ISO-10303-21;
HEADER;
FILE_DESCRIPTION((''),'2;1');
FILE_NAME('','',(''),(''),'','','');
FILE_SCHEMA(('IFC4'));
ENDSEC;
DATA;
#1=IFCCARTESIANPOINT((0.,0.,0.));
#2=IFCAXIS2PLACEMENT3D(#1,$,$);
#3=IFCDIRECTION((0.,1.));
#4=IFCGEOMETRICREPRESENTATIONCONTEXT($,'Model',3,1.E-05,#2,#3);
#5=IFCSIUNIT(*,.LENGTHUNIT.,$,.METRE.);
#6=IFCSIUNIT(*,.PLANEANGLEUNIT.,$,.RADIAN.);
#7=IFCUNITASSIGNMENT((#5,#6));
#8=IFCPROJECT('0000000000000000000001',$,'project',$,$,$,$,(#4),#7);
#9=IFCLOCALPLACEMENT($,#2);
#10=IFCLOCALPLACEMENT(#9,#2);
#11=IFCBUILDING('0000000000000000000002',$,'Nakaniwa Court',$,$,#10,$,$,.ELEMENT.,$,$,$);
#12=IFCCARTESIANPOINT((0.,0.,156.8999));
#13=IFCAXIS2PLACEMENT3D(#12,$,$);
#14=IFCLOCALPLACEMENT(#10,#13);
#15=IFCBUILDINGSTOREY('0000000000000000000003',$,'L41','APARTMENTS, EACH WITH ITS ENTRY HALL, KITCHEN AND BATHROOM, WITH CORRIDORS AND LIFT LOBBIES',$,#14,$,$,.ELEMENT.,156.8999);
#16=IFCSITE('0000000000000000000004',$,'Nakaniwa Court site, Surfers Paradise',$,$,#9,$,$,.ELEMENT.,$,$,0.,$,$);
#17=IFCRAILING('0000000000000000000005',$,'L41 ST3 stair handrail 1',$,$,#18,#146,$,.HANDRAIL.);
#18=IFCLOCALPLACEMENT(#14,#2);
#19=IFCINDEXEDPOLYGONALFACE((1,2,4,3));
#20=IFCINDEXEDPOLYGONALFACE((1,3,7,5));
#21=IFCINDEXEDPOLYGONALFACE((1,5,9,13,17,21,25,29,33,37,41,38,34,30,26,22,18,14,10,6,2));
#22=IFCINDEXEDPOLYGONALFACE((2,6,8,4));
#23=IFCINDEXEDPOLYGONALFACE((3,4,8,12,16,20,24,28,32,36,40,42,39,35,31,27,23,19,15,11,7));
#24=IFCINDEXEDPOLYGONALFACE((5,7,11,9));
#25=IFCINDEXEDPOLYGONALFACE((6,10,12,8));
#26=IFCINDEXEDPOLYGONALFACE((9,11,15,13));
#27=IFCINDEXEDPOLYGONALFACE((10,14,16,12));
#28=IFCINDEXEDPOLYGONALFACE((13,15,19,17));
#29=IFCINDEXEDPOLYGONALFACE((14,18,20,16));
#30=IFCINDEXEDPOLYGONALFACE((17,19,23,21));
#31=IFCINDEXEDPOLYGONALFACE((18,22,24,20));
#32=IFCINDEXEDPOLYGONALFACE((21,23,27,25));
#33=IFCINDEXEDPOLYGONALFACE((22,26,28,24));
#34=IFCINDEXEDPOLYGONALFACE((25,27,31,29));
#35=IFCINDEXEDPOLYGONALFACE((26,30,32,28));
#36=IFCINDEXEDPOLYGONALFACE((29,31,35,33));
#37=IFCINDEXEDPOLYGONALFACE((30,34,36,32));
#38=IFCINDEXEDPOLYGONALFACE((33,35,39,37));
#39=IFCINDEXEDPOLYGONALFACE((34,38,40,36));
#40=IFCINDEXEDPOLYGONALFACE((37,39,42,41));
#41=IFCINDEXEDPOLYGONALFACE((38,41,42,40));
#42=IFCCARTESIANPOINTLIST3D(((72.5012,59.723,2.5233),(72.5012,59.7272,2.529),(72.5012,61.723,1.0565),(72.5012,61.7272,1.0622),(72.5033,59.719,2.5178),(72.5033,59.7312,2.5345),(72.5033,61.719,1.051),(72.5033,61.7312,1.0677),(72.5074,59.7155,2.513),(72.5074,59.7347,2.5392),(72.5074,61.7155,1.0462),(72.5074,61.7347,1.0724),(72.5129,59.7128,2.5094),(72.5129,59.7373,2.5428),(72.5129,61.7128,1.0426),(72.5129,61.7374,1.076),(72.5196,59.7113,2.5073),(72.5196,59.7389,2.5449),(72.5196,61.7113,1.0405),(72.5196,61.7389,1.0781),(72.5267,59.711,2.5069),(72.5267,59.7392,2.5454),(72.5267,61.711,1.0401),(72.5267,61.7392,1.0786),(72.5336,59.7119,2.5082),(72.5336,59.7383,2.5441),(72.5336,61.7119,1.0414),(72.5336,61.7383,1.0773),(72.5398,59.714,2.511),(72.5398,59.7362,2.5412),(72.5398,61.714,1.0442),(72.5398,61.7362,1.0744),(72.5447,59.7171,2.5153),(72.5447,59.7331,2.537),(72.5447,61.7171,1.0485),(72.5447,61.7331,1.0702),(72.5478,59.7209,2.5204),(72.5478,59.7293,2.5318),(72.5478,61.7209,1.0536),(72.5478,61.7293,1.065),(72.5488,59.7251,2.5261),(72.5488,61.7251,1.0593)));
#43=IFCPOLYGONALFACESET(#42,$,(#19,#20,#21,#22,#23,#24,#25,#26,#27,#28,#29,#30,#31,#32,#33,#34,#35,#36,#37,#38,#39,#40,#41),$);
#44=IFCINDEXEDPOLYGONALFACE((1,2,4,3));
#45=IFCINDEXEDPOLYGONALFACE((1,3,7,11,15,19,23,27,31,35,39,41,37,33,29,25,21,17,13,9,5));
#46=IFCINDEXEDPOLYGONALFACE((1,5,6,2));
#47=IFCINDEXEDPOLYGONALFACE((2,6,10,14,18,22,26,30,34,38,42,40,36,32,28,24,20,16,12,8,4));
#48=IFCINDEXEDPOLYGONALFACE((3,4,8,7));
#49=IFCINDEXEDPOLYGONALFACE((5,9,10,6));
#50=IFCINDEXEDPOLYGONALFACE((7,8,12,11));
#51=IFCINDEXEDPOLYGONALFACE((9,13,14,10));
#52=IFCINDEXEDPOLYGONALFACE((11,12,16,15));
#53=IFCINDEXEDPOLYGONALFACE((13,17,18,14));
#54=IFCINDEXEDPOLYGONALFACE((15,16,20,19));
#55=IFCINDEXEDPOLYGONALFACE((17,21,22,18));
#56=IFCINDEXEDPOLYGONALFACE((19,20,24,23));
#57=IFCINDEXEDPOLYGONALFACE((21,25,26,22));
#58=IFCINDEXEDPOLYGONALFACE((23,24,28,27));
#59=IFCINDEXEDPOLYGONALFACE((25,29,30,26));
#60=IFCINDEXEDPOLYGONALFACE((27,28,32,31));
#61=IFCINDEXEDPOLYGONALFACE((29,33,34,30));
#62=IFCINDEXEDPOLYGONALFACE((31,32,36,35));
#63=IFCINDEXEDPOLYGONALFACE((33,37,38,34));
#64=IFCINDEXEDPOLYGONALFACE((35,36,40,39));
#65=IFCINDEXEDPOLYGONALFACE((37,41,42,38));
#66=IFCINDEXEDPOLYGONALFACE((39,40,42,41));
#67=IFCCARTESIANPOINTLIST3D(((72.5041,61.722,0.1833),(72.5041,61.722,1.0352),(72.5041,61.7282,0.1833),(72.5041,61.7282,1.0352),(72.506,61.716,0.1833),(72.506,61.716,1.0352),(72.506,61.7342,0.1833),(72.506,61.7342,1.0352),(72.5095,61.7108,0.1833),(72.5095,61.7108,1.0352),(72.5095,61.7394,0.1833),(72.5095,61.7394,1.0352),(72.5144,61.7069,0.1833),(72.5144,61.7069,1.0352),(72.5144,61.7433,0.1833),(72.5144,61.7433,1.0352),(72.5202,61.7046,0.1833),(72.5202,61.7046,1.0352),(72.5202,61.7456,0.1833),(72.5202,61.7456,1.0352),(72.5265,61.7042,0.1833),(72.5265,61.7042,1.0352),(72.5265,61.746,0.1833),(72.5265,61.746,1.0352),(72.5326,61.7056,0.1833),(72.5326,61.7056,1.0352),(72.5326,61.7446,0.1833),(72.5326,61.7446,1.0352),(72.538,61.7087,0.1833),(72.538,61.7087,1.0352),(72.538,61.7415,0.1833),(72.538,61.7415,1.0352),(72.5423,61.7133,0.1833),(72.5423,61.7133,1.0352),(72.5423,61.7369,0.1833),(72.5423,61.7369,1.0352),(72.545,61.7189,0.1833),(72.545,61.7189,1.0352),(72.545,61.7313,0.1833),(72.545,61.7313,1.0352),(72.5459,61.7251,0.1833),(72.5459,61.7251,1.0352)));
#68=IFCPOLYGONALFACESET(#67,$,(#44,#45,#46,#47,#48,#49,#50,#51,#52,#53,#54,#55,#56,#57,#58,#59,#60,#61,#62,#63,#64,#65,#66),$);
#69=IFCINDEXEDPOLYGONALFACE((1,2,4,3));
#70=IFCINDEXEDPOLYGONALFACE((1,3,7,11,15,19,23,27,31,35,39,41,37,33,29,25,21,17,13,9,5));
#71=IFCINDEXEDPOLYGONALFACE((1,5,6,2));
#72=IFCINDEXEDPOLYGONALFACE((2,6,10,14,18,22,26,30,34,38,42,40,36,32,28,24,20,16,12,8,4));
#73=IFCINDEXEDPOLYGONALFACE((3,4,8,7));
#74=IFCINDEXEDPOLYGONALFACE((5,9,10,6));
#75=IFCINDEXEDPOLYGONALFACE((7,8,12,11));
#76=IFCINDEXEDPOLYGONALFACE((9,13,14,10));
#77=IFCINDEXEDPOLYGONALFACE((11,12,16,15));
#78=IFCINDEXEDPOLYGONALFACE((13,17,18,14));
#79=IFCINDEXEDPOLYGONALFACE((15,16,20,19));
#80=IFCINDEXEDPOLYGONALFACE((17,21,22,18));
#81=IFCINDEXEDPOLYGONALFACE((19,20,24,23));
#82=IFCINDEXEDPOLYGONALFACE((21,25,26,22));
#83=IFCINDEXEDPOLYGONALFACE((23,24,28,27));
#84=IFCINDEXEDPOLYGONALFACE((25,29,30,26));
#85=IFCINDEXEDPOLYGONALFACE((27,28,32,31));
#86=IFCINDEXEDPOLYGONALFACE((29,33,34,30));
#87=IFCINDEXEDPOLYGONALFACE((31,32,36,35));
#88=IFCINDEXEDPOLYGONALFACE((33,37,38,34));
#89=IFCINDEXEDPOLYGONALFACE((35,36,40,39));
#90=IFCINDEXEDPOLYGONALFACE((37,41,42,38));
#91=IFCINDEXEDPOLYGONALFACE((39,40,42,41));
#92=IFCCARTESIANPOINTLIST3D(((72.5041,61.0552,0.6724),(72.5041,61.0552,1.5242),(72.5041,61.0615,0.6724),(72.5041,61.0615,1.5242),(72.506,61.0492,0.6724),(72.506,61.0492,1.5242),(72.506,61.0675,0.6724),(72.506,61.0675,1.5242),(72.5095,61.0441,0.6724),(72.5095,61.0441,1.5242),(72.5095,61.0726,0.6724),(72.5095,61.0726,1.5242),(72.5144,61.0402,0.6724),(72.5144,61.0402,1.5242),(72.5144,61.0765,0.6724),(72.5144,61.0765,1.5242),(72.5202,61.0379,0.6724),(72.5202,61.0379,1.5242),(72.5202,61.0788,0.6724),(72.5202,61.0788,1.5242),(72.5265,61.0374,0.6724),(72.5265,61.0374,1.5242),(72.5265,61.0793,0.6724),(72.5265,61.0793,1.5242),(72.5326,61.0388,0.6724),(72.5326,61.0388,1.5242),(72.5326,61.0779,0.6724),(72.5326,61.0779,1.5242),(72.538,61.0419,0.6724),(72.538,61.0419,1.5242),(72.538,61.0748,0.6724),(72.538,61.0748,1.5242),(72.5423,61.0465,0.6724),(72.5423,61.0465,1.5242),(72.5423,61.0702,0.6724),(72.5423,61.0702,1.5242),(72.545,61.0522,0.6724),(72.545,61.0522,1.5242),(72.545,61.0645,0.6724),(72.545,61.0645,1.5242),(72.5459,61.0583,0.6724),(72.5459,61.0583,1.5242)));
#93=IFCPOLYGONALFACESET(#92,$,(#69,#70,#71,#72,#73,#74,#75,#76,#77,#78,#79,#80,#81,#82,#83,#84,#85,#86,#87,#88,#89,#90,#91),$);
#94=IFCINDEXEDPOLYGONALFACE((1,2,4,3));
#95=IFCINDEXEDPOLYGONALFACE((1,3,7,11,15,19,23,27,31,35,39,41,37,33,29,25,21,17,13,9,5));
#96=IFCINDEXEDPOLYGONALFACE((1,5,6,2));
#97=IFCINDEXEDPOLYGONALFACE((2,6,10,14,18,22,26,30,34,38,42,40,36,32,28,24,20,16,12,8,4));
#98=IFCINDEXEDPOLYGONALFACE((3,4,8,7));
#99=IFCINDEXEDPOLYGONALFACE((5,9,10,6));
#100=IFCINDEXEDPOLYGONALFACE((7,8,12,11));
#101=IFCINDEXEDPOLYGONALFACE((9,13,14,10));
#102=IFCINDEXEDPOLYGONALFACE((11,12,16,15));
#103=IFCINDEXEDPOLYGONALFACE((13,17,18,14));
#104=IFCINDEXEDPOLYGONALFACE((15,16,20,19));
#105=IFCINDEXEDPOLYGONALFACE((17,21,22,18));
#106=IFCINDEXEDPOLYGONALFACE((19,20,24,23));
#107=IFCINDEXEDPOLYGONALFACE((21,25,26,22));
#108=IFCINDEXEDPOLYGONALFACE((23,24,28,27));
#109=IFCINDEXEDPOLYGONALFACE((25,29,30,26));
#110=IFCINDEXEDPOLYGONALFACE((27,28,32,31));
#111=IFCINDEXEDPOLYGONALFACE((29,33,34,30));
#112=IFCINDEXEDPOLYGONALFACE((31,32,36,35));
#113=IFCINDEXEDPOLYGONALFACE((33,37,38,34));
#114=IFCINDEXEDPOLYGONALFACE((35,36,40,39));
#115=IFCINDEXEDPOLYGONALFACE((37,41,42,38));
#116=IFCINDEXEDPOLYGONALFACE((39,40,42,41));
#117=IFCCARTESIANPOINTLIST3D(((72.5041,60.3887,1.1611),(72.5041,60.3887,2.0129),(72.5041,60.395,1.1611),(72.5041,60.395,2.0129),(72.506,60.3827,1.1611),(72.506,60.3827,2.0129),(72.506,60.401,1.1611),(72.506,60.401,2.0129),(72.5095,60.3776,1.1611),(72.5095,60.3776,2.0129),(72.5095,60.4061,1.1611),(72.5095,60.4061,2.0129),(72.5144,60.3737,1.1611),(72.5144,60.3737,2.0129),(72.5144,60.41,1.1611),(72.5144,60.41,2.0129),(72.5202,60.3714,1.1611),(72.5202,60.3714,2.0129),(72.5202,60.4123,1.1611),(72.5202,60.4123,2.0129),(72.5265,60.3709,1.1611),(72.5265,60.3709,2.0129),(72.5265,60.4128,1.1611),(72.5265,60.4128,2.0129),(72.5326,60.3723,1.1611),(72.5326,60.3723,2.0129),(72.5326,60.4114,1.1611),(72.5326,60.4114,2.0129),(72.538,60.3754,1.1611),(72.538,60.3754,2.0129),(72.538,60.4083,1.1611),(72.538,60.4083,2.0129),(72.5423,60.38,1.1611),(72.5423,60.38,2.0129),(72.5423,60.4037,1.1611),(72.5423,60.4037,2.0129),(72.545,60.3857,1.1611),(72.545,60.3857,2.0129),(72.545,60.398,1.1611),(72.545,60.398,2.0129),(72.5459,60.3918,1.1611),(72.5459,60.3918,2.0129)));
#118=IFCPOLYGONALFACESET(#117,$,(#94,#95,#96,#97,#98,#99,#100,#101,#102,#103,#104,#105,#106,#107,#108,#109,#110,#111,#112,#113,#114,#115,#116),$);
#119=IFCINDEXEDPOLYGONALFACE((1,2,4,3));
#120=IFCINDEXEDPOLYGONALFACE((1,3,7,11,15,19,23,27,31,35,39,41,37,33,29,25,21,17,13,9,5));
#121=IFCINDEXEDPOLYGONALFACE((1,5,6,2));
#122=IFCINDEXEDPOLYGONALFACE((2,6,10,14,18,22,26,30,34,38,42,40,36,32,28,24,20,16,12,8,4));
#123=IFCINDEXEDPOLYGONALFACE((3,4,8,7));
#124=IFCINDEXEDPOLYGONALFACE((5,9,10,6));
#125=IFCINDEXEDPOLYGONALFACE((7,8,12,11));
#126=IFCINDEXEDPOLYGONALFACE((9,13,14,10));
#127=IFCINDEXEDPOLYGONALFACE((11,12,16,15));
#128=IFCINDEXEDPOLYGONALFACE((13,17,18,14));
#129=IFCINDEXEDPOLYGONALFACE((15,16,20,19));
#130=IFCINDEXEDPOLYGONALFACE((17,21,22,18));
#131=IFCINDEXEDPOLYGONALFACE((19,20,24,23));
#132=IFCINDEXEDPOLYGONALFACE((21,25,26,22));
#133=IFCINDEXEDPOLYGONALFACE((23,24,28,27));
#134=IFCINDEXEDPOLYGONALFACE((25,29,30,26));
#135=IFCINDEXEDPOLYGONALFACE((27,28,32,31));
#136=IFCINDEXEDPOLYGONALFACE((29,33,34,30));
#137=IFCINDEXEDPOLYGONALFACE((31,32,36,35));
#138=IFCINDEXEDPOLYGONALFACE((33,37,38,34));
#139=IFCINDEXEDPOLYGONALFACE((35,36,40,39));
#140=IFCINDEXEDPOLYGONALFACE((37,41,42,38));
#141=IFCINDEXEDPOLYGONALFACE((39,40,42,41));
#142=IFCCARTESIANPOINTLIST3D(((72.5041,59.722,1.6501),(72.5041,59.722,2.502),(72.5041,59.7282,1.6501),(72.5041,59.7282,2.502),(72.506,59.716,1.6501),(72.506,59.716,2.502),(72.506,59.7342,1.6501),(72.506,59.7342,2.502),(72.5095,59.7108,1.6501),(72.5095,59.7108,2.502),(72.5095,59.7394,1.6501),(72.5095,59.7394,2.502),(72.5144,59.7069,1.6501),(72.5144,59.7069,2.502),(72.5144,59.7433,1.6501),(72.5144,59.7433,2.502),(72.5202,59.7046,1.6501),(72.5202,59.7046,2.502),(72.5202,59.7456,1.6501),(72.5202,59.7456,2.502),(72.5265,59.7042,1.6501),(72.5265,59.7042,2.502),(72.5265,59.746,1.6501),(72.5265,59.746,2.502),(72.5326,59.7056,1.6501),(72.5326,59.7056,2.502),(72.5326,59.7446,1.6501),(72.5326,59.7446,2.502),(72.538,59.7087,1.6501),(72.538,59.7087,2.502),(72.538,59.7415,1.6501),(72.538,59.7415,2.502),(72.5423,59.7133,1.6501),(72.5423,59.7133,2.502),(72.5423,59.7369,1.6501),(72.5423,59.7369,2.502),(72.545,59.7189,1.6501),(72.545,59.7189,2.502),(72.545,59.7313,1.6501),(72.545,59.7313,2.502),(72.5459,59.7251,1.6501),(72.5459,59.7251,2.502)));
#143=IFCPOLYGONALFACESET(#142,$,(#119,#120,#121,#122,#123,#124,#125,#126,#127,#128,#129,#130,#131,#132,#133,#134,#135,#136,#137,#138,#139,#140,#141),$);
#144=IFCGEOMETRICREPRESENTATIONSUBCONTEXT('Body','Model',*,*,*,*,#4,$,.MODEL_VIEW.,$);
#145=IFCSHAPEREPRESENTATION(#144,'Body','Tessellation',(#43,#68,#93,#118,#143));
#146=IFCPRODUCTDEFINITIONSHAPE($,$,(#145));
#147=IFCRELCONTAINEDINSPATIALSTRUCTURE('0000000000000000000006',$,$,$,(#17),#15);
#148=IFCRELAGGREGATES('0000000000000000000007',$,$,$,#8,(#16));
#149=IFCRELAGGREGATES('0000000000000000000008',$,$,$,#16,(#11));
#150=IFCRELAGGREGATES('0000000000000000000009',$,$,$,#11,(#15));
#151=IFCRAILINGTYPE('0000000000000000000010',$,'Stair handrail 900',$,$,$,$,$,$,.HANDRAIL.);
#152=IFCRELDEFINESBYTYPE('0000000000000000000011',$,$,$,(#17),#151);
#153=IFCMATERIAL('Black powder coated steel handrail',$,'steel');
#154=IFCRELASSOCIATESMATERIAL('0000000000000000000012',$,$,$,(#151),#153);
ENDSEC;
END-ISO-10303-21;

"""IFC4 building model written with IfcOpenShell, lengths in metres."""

from ifc_helpers import new_model, si_unit, direction, frame, origin, origin_2d, place, context, subcontext, project, spatial, circle, extrude, material, type_object, element, save


model = new_model("IFC4")

# Units and contexts
model_context = context("Model", 3, precision=1e-05, world=origin(), true_north=direction((0.0, 1.0)))
body_context = subcontext(model_context, "Body", "Model", "MODEL_VIEW")
ifc_project = project(units=[si_unit("LENGTHUNIT", "METRE"), si_unit("PLANEANGLEUNIT", "RADIAN")], contexts=[model_context])

# Site, building, storey
site_placement = place(None, origin())
site = spatial("IfcSite", under=ifc_project, at=site_placement, Name="Nakaniwa Court site, Surfers Paradise", CompositionType="ELEMENT", RefElevation=0.0)
building_placement = place(site_placement, origin())
building = spatial("IfcBuilding", under=site, at=building_placement, Name="Nakaniwa Court", CompositionType="ELEMENT")
storey_placement = place(building_placement, frame((0.0, 0.0, 156.8999)))
storey = spatial("IfcBuildingStorey", under=building, at=storey_placement, Name="L41", Description="APARTMENTS, EACH WITH ITS ENTRY HALL, KITCHEN AND BATHROOM, WITH CORRIDORS AND LIFT LOBBIES", CompositionType="ELEMENT", Elevation=156.8999)

# Railing
ifc_material_1 = material(Name="Black powder coated steel handrail", Category="steel")
railing_type_1 = type_object("IfcRailingType", Name="Stair handrail 900", PredefinedType="HANDRAIL", material=ifc_material_1)
railing_1_placement = place(storey_placement, frame((72.5249, 61.7251, 0.1833)))
element("IfcRailing", 1, at=railing_1_placement, inside=storey, type_object=railing_type_1, Name="L41 ST3 stair handrail 1", PredefinedType="HANDRAIL", context=body_context, shape_type="SweptSolid", body=[
    extrude(circle(Radius=0.0239, at=origin_2d()), frame((0.0, 0.0, 0.876), z_axis=(0.0, -0.80638, 0.591398), x_axis=(1.0, 0.0, 0.0)), (0.0, 0.0, 1.0), 2.4802),
    extrude(circle(Radius=0.021, at=origin_2d()), origin(), (0.0, 0.0, 1.0), 0.8518),
    extrude(circle(Radius=0.021, at=origin_2d()), frame((0.0, -0.6667, 0.489)), (0.0, 0.0, 1.0), 0.8518),
    extrude(circle(Radius=0.021, at=origin_2d()), frame((0.0, -1.3333, 0.9778)), (0.0, 0.0, 1.0), 0.8518),
    extrude(circle(Radius=0.021, at=origin_2d()), frame((0.0, -2.0, 1.4668)), (0.0, 0.0, 1.0), 0.8518),
])

save(model, "model.ifc")
